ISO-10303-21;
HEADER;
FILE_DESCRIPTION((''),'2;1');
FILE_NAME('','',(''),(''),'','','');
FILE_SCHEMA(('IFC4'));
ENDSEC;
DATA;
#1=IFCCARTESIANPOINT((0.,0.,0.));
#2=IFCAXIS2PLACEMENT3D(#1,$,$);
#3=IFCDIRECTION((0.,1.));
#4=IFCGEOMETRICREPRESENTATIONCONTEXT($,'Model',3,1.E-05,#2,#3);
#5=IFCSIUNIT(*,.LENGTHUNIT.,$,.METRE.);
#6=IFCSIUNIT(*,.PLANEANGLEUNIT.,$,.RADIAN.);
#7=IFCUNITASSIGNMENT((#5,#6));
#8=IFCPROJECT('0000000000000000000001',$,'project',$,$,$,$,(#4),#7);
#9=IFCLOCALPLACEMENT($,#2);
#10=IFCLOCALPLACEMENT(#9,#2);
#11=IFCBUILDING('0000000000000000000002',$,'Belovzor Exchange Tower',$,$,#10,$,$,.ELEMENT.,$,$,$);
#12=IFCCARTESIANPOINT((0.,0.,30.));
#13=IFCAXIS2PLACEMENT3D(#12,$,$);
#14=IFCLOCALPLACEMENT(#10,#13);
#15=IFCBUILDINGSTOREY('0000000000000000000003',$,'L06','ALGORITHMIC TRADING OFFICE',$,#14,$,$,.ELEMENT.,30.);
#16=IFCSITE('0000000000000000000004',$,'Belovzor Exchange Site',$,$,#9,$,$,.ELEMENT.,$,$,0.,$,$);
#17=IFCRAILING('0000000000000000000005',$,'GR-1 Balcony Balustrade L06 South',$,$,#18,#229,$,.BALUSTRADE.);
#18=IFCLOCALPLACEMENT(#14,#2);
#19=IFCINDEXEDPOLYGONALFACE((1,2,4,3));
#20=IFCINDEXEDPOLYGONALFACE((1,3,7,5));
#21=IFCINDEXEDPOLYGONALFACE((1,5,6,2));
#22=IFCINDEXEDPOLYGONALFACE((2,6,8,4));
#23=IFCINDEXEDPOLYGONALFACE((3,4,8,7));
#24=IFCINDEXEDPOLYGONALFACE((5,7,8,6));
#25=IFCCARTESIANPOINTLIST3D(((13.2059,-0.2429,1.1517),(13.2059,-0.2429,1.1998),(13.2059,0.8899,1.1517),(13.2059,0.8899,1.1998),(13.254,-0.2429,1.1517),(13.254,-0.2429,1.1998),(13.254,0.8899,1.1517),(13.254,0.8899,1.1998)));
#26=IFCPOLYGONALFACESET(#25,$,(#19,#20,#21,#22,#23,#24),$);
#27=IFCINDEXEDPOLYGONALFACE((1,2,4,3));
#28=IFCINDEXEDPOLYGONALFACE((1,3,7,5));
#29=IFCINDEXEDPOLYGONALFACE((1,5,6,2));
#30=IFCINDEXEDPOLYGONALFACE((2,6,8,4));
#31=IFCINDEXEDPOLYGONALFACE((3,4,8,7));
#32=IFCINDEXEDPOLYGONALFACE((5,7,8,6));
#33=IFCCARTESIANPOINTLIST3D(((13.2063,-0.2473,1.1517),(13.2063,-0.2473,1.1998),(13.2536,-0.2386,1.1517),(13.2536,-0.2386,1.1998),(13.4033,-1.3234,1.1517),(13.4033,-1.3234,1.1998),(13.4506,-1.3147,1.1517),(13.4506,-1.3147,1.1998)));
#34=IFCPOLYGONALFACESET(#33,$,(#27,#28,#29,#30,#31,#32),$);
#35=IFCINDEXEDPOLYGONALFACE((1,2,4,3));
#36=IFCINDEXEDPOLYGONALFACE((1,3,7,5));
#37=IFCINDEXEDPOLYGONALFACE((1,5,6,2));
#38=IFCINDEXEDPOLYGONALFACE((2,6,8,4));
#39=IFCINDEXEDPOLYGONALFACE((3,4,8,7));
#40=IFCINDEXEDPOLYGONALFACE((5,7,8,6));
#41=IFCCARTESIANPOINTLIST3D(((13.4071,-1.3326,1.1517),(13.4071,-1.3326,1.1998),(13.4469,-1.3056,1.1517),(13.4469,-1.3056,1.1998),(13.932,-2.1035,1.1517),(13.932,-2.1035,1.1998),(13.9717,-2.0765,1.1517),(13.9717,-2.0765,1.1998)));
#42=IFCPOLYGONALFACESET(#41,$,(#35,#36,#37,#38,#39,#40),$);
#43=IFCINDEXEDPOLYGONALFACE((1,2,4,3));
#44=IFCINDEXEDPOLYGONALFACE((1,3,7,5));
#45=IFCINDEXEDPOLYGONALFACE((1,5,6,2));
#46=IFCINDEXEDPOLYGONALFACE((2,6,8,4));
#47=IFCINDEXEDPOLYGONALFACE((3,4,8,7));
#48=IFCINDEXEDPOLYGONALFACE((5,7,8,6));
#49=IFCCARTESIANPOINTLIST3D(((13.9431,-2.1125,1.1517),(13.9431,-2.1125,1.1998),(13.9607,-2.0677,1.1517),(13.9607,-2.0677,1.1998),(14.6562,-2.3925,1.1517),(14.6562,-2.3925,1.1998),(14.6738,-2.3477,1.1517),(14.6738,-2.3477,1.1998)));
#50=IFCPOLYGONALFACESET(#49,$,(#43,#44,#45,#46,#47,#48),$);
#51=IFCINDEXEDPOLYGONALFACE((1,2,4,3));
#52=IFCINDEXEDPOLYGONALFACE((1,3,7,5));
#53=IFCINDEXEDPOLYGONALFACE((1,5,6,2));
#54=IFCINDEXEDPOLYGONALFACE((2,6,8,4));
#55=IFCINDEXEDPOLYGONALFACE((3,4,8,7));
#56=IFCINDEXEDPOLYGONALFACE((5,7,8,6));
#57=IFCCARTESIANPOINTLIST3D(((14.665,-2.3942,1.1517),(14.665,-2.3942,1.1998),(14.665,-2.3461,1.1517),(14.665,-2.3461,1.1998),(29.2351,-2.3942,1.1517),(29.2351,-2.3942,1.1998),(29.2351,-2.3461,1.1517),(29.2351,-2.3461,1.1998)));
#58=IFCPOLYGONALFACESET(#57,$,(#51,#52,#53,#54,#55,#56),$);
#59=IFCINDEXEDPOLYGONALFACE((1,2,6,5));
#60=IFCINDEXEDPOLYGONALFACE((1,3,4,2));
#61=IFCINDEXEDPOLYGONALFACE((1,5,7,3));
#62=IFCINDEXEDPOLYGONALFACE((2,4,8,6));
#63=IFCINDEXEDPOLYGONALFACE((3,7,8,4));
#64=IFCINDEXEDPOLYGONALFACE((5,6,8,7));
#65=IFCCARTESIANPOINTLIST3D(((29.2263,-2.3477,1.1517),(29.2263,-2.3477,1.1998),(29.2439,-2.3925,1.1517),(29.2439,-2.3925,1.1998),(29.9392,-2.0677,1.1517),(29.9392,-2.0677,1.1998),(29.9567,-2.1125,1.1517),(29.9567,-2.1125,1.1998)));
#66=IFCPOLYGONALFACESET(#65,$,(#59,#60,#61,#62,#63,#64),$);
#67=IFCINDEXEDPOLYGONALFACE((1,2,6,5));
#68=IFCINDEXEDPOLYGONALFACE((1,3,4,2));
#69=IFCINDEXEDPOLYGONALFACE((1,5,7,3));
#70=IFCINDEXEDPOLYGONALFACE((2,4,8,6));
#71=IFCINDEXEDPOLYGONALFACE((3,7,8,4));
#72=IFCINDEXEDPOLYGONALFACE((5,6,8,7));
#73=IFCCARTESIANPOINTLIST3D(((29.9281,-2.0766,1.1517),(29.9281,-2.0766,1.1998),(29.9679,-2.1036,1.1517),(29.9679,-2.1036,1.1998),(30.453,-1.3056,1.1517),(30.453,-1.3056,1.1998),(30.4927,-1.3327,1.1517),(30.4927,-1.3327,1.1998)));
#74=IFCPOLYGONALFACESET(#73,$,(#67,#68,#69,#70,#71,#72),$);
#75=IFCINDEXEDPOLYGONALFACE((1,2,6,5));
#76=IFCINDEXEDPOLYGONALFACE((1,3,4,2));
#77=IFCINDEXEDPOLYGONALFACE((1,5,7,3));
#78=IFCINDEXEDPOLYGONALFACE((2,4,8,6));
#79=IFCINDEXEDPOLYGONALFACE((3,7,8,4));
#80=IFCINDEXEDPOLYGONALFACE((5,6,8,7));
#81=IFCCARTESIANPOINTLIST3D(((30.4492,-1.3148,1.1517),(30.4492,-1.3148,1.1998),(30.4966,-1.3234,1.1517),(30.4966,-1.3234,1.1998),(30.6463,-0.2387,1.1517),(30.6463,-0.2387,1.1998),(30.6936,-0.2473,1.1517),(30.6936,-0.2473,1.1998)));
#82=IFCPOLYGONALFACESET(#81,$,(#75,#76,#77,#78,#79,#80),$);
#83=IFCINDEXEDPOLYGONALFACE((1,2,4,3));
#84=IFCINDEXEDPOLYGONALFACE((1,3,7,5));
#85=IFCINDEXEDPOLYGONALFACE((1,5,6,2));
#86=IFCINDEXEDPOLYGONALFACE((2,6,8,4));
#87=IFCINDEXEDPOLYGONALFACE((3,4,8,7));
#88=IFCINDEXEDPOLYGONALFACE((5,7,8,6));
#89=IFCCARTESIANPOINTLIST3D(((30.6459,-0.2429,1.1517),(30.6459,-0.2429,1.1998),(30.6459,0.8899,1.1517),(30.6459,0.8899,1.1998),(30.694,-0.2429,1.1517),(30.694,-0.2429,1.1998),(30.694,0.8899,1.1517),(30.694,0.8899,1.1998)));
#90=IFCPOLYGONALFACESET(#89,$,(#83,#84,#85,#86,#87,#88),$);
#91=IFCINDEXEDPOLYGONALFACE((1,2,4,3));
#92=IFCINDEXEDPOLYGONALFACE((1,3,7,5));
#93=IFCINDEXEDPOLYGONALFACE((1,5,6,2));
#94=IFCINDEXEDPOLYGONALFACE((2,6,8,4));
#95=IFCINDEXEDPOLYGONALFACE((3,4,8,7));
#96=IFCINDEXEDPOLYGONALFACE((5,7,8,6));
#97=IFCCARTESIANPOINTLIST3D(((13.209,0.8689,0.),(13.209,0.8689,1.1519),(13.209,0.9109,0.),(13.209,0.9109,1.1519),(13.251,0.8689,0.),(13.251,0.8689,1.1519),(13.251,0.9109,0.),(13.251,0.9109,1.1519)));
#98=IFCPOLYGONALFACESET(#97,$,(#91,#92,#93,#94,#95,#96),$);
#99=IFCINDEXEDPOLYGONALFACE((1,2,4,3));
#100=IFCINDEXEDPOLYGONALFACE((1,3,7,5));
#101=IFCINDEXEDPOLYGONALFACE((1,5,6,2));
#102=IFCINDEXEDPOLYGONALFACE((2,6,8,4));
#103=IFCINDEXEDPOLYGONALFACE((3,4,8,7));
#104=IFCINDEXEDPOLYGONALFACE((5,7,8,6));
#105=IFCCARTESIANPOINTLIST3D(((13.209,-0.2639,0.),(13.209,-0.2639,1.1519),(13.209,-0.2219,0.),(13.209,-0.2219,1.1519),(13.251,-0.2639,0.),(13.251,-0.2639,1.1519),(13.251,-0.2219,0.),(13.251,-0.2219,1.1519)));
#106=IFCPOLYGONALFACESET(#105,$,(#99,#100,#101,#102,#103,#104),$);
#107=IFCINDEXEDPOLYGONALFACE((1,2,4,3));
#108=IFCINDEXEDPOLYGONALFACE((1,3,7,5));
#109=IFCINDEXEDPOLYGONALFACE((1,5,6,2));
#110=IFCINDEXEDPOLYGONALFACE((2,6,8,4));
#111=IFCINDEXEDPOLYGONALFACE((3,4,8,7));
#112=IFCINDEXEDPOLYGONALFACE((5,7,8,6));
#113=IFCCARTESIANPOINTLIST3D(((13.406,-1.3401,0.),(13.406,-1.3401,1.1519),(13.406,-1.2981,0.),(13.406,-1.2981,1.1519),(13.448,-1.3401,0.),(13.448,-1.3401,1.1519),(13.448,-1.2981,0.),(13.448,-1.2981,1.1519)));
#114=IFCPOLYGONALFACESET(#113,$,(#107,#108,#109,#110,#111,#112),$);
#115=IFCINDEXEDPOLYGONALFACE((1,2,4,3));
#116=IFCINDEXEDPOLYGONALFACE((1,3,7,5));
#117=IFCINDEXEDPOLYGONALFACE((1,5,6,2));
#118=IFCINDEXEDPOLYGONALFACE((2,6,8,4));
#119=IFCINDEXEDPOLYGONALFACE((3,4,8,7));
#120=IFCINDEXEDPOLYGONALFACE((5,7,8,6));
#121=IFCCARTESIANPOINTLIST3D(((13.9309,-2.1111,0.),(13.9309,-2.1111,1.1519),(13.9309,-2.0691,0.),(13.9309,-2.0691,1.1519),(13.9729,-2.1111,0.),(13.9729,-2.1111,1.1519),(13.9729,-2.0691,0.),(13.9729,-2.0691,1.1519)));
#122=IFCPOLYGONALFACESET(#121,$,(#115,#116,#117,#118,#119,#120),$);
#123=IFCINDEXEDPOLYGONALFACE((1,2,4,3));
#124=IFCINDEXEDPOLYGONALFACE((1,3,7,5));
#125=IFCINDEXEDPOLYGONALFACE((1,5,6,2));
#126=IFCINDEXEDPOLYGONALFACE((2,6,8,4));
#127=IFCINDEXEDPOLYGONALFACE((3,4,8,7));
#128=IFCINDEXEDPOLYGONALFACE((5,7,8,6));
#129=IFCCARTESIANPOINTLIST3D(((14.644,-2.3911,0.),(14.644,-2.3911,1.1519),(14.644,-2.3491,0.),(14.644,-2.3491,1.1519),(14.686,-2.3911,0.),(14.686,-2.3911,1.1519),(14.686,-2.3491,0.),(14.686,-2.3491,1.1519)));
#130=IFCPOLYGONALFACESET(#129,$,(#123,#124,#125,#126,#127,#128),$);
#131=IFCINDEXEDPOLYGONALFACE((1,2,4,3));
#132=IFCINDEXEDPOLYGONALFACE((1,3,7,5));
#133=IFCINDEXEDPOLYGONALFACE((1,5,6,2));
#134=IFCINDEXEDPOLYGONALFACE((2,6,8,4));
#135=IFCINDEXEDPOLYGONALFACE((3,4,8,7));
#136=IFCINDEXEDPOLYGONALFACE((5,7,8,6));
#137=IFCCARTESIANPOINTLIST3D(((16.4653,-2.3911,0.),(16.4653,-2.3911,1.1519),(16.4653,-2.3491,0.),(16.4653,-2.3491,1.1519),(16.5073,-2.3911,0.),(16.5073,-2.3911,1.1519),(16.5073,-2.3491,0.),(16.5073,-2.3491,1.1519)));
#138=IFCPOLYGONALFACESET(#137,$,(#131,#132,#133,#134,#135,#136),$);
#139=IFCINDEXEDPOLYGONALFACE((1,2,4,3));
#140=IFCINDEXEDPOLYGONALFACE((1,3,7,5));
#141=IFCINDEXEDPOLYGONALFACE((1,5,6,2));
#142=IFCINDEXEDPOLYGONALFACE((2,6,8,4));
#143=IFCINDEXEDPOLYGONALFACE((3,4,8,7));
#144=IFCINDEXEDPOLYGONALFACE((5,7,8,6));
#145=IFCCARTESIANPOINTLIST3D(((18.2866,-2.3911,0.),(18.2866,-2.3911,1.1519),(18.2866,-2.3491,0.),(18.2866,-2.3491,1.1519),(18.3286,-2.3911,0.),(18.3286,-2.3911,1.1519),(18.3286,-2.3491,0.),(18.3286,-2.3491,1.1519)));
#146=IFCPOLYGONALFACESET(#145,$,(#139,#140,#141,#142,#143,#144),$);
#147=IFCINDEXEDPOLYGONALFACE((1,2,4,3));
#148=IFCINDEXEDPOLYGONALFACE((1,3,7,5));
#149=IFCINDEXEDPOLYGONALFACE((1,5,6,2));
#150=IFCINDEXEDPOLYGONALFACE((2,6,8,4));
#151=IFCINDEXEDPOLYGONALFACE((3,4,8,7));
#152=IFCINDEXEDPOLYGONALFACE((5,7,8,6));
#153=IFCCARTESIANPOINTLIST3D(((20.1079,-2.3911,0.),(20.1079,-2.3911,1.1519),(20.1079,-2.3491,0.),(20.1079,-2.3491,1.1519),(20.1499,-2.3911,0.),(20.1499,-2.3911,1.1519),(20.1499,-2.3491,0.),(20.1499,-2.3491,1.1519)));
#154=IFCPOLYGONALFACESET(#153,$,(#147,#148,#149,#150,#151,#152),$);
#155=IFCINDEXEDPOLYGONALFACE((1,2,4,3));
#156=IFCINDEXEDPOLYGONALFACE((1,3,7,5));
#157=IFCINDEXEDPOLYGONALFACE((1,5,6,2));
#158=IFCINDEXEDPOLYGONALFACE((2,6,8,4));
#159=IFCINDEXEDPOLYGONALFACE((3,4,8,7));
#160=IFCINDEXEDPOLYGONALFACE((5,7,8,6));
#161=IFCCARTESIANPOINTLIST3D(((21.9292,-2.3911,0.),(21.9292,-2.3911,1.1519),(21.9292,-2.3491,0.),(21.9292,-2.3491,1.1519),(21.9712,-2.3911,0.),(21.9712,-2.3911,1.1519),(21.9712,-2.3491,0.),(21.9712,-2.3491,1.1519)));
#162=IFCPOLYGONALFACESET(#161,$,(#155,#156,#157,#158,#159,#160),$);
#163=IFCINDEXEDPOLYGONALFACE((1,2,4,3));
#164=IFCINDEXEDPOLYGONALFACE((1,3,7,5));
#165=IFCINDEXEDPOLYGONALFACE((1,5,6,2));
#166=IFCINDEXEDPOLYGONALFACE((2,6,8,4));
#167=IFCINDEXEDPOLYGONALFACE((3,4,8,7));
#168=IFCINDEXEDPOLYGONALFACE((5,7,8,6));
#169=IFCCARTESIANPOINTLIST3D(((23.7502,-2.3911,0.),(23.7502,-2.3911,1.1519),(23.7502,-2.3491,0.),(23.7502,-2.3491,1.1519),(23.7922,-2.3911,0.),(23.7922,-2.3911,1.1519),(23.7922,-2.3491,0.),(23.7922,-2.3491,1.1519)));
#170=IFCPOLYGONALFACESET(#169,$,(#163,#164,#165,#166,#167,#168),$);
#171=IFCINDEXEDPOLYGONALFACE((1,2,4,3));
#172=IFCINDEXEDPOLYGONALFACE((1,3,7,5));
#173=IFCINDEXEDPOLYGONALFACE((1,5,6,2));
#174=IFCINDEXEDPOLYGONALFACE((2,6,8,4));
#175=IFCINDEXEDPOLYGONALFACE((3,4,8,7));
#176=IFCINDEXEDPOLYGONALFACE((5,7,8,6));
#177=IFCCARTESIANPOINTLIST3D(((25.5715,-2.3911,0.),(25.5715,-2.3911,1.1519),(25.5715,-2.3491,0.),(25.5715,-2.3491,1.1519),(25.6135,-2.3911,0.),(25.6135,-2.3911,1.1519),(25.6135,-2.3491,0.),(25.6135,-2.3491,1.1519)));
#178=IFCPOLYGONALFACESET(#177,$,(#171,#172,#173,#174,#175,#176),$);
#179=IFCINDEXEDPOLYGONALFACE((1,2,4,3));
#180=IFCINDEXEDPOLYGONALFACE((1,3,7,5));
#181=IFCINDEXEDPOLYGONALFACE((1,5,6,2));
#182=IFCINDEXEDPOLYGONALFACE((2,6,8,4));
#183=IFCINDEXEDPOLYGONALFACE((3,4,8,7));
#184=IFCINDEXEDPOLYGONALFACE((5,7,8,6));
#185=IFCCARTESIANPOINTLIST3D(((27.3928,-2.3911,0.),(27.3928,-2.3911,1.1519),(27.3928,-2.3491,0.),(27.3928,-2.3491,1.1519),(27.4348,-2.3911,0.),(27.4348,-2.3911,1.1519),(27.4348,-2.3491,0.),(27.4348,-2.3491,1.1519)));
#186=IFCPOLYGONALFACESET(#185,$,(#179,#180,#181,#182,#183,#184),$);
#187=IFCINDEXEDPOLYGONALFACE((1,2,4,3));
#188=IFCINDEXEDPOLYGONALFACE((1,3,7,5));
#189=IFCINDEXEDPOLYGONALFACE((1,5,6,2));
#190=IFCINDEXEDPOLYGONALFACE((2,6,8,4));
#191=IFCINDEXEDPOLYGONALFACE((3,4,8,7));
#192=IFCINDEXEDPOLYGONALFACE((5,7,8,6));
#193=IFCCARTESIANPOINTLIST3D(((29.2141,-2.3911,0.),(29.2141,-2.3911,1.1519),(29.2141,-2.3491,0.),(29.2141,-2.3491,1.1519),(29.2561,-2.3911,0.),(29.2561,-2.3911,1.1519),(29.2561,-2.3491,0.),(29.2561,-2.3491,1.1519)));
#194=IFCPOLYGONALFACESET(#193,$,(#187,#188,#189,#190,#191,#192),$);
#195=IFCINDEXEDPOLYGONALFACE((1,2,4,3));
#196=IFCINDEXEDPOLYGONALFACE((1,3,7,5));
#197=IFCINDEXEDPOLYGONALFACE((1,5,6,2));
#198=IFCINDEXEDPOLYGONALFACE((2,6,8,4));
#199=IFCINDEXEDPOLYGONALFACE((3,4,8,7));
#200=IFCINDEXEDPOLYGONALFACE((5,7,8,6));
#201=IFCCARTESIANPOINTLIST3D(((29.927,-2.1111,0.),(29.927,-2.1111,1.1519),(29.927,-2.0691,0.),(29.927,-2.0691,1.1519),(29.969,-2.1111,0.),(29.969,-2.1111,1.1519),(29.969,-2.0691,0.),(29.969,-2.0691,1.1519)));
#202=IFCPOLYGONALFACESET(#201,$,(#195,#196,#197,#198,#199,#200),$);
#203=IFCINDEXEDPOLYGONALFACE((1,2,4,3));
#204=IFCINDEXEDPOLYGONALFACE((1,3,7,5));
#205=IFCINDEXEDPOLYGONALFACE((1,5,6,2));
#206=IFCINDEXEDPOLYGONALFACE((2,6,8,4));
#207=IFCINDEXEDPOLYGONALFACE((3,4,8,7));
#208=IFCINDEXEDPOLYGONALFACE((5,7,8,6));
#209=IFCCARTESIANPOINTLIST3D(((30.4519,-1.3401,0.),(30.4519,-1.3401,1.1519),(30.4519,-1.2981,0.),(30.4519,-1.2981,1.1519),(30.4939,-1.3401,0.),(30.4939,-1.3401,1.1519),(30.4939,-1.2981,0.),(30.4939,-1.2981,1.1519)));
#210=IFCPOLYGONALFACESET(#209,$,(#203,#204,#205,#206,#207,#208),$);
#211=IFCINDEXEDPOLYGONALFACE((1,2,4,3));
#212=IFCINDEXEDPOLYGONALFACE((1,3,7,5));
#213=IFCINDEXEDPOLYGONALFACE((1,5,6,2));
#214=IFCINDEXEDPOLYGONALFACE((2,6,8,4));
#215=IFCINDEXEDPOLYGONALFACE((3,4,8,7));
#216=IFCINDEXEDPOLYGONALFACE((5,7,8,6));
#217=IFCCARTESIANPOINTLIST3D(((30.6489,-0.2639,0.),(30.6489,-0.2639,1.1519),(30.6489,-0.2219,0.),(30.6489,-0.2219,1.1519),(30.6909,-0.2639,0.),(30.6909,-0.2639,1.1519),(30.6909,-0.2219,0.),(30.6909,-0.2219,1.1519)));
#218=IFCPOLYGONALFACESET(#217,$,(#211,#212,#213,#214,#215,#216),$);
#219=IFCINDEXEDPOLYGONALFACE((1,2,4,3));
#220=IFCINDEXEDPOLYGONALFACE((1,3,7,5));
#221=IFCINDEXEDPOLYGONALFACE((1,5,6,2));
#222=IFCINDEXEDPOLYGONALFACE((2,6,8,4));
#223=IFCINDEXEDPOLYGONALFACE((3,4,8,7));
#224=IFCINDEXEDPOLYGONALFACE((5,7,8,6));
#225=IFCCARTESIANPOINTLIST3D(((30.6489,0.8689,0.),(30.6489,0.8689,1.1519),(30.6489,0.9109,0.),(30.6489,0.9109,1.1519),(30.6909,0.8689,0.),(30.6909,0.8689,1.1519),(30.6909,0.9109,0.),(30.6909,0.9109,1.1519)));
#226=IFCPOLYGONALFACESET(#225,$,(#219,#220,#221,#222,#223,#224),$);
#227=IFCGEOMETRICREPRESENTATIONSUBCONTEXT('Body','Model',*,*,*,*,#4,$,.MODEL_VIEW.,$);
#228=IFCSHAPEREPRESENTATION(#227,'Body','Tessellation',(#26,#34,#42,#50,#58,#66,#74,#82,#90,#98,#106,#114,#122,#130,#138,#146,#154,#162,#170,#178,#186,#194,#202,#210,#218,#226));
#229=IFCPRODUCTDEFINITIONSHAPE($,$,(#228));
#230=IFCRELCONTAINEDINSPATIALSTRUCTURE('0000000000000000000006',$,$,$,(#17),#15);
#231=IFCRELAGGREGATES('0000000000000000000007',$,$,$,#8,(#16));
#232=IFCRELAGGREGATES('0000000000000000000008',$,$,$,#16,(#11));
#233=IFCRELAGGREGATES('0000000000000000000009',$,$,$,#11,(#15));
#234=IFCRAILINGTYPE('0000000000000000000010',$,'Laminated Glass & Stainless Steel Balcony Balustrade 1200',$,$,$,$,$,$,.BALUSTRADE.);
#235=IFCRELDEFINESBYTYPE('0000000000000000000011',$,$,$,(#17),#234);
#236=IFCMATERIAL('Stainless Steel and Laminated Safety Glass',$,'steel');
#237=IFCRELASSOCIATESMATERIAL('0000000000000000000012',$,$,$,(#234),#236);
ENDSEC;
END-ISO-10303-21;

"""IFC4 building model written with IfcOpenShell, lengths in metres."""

from ifc_helpers import new_model, si_unit, direction, frame, origin, origin_2d, place, context, subcontext, project, spatial, rectangle, extrude, material, type_object, element, save


model = new_model("IFC4")

# Units and contexts
model_context = context("Model", 3, precision=1e-05, world=origin(), true_north=direction((0.0, 1.0)))
body_context = subcontext(model_context, "Body", "Model", "MODEL_VIEW")
ifc_project = project(units=[si_unit("LENGTHUNIT", "METRE"), si_unit("PLANEANGLEUNIT", "RADIAN")], contexts=[model_context])

# Site, building, storey
site_placement = place(None, origin())
site = spatial("IfcSite", under=ifc_project, at=site_placement, Name="Belovzor Exchange Site", CompositionType="ELEMENT", RefElevation=0.0)
building_placement = place(site_placement, origin())
building = spatial("IfcBuilding", under=site, at=building_placement, Name="Belovzor Exchange Tower", CompositionType="ELEMENT")
storey_placement = place(building_placement, frame((0.0, 0.0, 30.0)))
storey = spatial("IfcBuildingStorey", under=building, at=storey_placement, Name="L06", Description="ALGORITHMIC TRADING OFFICE", CompositionType="ELEMENT", Elevation=30.0)

# Railing
ifc_material_1 = material(Name="Stainless Steel and Laminated Safety Glass", Category="steel")
railing_type = type_object("IfcRailingType", Name="Laminated Glass & Stainless Steel Balcony Balustrade 1200", PredefinedType="BALUSTRADE", material=ifc_material_1)
railing_placement = place(storey_placement, frame((13.23, 0.8899, 0.0)))
element("IfcRailing", 1, at=railing_placement, inside=storey, type_object=railing_type, Name="GR-1 Balcony Balustrade L06 South", PredefinedType="BALUSTRADE", context=body_context, shape_type="SweptSolid", body=[
    extrude(rectangle(XDim=0.0481, YDim=0.0481, at=origin_2d()), frame((0.0, 0.0, 1.1758), z_axis=(0.0, -1.0, 0.0), x_axis=(1.0, 0.0, 0.0)), (0.0, 0.0, 1.0), 1.1328),
    extrude(rectangle(XDim=0.0481, YDim=0.0481, at=origin_2d()), frame((0.0, -1.1328, 1.1758), z_axis=(0.180083, -0.983651, 0.0), x_axis=(0.983651, 0.180083, 0.0)), (0.0, 0.0, 1.0), 1.094),
    extrude(rectangle(XDim=0.0481, YDim=0.0481, at=origin_2d()), frame((0.197, -2.209, 1.1758), z_axis=(0.562768, -0.826615, 0.0), x_axis=(0.826615, 0.562768, 0.0)), (0.0, 0.0, 1.0), 0.9326),
    extrude(rectangle(XDim=0.0481, YDim=0.0481, at=origin_2d()), frame((0.7219, -2.98, 1.1758), z_axis=(0.93081, -0.365504, 0.0), x_axis=(0.365504, 0.93081, 0.0)), (0.0, 0.0, 1.0), 0.7661),
    extrude(rectangle(XDim=0.0481, YDim=0.0481, at=origin_2d()), frame((1.4351, -3.26, 1.1758), z_axis=(1.0, 0.0, 0.0), x_axis=(0.0, 1.0, 0.0)), (0.0, 0.0, 1.0), 14.5701),
    extrude(rectangle(XDim=0.0481, YDim=0.0481, at=origin_2d()), frame((16.0051, -3.26, 1.1758), z_axis=(0.930767, 0.365613, 0.0), x_axis=(-0.365613, 0.930767, 0.0)), (0.0, 0.0, 1.0), 0.7659),
    extrude(rectangle(XDim=0.0481, YDim=0.0481, at=origin_2d()), frame((16.718, -2.98, 1.1758), z_axis=(0.562768, 0.826615, 0.0), x_axis=(-0.826615, 0.562768, 0.0)), (0.0, 0.0, 1.0), 0.9326),
    extrude(rectangle(XDim=0.0481, YDim=0.0481, at=origin_2d()), frame((17.2429, -2.209, 1.1758), z_axis=(0.180083, 0.983651, 0.0), x_axis=(-0.983651, 0.180083, 0.0)), (0.0, 0.0, 1.0), 1.094),
    extrude(rectangle(XDim=0.0481, YDim=0.0481, at=origin_2d()), frame((17.4399, -1.1328, 1.1758), z_axis=(0.0, 1.0, 0.0), x_axis=(-1.0, 0.0, 0.0)), (0.0, 0.0, 1.0), 1.1328),
    extrude(rectangle(XDim=0.042, YDim=0.042, at=origin_2d()), origin(), (0.0, 0.0, 1.0), 1.1519),
    extrude(rectangle(XDim=0.042, YDim=0.042, at=origin_2d()), frame((0.0, -1.1328, 0.0)), (0.0, 0.0, 1.0), 1.1519),
    extrude(rectangle(XDim=0.042, YDim=0.042, at=origin_2d()), frame((0.197, -2.209, 0.0)), (0.0, 0.0, 1.0), 1.1519),
    extrude(rectangle(XDim=0.042, YDim=0.042, at=origin_2d()), frame((0.7219, -2.98, 0.0)), (0.0, 0.0, 1.0), 1.1519),
    extrude(rectangle(XDim=0.042, YDim=0.042, at=origin_2d()), frame((1.4351, -3.26, 0.0)), (0.0, 0.0, 1.0), 1.1519),
    extrude(rectangle(XDim=0.042, YDim=0.042, at=origin_2d()), frame((3.2563, -3.26, 0.0)), (0.0, 0.0, 1.0), 1.1519),
    extrude(rectangle(XDim=0.042, YDim=0.042, at=origin_2d()), frame((5.0776, -3.26, 0.0)), (0.0, 0.0, 1.0), 1.1519),
    extrude(rectangle(XDim=0.042, YDim=0.042, at=origin_2d()), frame((6.8989, -3.26, 0.0)), (0.0, 0.0, 1.0), 1.1519),
    extrude(rectangle(XDim=0.042, YDim=0.042, at=origin_2d()), frame((8.7202, -3.26, 0.0)), (0.0, 0.0, 1.0), 1.1519),
    extrude(rectangle(XDim=0.042, YDim=0.042, at=origin_2d()), frame((10.5413, -3.26, 0.0)), (0.0, 0.0, 1.0), 1.1519),
    extrude(rectangle(XDim=0.042, YDim=0.042, at=origin_2d()), frame((12.3625, -3.26, 0.0)), (0.0, 0.0, 1.0), 1.1519),
    extrude(rectangle(XDim=0.042, YDim=0.042, at=origin_2d()), frame((14.1838, -3.26, 0.0)), (0.0, 0.0, 1.0), 1.1519),
    extrude(rectangle(XDim=0.042, YDim=0.042, at=origin_2d()), frame((16.0051, -3.26, 0.0)), (0.0, 0.0, 1.0), 1.1519),
    extrude(rectangle(XDim=0.042, YDim=0.042, at=origin_2d()), frame((16.718, -2.98, 0.0)), (0.0, 0.0, 1.0), 1.1519),
    extrude(rectangle(XDim=0.042, YDim=0.042, at=origin_2d()), frame((17.2429, -2.209, 0.0)), (0.0, 0.0, 1.0), 1.1519),
    extrude(rectangle(XDim=0.042, YDim=0.042, at=origin_2d()), frame((17.4399, -1.1328, 0.0)), (0.0, 0.0, 1.0), 1.1519),
    extrude(rectangle(XDim=0.042, YDim=0.042, at=origin_2d()), frame((17.4399, 0.0, 0.0)), (0.0, 0.0, 1.0), 1.1519),
])

save(model, "model.ifc")
